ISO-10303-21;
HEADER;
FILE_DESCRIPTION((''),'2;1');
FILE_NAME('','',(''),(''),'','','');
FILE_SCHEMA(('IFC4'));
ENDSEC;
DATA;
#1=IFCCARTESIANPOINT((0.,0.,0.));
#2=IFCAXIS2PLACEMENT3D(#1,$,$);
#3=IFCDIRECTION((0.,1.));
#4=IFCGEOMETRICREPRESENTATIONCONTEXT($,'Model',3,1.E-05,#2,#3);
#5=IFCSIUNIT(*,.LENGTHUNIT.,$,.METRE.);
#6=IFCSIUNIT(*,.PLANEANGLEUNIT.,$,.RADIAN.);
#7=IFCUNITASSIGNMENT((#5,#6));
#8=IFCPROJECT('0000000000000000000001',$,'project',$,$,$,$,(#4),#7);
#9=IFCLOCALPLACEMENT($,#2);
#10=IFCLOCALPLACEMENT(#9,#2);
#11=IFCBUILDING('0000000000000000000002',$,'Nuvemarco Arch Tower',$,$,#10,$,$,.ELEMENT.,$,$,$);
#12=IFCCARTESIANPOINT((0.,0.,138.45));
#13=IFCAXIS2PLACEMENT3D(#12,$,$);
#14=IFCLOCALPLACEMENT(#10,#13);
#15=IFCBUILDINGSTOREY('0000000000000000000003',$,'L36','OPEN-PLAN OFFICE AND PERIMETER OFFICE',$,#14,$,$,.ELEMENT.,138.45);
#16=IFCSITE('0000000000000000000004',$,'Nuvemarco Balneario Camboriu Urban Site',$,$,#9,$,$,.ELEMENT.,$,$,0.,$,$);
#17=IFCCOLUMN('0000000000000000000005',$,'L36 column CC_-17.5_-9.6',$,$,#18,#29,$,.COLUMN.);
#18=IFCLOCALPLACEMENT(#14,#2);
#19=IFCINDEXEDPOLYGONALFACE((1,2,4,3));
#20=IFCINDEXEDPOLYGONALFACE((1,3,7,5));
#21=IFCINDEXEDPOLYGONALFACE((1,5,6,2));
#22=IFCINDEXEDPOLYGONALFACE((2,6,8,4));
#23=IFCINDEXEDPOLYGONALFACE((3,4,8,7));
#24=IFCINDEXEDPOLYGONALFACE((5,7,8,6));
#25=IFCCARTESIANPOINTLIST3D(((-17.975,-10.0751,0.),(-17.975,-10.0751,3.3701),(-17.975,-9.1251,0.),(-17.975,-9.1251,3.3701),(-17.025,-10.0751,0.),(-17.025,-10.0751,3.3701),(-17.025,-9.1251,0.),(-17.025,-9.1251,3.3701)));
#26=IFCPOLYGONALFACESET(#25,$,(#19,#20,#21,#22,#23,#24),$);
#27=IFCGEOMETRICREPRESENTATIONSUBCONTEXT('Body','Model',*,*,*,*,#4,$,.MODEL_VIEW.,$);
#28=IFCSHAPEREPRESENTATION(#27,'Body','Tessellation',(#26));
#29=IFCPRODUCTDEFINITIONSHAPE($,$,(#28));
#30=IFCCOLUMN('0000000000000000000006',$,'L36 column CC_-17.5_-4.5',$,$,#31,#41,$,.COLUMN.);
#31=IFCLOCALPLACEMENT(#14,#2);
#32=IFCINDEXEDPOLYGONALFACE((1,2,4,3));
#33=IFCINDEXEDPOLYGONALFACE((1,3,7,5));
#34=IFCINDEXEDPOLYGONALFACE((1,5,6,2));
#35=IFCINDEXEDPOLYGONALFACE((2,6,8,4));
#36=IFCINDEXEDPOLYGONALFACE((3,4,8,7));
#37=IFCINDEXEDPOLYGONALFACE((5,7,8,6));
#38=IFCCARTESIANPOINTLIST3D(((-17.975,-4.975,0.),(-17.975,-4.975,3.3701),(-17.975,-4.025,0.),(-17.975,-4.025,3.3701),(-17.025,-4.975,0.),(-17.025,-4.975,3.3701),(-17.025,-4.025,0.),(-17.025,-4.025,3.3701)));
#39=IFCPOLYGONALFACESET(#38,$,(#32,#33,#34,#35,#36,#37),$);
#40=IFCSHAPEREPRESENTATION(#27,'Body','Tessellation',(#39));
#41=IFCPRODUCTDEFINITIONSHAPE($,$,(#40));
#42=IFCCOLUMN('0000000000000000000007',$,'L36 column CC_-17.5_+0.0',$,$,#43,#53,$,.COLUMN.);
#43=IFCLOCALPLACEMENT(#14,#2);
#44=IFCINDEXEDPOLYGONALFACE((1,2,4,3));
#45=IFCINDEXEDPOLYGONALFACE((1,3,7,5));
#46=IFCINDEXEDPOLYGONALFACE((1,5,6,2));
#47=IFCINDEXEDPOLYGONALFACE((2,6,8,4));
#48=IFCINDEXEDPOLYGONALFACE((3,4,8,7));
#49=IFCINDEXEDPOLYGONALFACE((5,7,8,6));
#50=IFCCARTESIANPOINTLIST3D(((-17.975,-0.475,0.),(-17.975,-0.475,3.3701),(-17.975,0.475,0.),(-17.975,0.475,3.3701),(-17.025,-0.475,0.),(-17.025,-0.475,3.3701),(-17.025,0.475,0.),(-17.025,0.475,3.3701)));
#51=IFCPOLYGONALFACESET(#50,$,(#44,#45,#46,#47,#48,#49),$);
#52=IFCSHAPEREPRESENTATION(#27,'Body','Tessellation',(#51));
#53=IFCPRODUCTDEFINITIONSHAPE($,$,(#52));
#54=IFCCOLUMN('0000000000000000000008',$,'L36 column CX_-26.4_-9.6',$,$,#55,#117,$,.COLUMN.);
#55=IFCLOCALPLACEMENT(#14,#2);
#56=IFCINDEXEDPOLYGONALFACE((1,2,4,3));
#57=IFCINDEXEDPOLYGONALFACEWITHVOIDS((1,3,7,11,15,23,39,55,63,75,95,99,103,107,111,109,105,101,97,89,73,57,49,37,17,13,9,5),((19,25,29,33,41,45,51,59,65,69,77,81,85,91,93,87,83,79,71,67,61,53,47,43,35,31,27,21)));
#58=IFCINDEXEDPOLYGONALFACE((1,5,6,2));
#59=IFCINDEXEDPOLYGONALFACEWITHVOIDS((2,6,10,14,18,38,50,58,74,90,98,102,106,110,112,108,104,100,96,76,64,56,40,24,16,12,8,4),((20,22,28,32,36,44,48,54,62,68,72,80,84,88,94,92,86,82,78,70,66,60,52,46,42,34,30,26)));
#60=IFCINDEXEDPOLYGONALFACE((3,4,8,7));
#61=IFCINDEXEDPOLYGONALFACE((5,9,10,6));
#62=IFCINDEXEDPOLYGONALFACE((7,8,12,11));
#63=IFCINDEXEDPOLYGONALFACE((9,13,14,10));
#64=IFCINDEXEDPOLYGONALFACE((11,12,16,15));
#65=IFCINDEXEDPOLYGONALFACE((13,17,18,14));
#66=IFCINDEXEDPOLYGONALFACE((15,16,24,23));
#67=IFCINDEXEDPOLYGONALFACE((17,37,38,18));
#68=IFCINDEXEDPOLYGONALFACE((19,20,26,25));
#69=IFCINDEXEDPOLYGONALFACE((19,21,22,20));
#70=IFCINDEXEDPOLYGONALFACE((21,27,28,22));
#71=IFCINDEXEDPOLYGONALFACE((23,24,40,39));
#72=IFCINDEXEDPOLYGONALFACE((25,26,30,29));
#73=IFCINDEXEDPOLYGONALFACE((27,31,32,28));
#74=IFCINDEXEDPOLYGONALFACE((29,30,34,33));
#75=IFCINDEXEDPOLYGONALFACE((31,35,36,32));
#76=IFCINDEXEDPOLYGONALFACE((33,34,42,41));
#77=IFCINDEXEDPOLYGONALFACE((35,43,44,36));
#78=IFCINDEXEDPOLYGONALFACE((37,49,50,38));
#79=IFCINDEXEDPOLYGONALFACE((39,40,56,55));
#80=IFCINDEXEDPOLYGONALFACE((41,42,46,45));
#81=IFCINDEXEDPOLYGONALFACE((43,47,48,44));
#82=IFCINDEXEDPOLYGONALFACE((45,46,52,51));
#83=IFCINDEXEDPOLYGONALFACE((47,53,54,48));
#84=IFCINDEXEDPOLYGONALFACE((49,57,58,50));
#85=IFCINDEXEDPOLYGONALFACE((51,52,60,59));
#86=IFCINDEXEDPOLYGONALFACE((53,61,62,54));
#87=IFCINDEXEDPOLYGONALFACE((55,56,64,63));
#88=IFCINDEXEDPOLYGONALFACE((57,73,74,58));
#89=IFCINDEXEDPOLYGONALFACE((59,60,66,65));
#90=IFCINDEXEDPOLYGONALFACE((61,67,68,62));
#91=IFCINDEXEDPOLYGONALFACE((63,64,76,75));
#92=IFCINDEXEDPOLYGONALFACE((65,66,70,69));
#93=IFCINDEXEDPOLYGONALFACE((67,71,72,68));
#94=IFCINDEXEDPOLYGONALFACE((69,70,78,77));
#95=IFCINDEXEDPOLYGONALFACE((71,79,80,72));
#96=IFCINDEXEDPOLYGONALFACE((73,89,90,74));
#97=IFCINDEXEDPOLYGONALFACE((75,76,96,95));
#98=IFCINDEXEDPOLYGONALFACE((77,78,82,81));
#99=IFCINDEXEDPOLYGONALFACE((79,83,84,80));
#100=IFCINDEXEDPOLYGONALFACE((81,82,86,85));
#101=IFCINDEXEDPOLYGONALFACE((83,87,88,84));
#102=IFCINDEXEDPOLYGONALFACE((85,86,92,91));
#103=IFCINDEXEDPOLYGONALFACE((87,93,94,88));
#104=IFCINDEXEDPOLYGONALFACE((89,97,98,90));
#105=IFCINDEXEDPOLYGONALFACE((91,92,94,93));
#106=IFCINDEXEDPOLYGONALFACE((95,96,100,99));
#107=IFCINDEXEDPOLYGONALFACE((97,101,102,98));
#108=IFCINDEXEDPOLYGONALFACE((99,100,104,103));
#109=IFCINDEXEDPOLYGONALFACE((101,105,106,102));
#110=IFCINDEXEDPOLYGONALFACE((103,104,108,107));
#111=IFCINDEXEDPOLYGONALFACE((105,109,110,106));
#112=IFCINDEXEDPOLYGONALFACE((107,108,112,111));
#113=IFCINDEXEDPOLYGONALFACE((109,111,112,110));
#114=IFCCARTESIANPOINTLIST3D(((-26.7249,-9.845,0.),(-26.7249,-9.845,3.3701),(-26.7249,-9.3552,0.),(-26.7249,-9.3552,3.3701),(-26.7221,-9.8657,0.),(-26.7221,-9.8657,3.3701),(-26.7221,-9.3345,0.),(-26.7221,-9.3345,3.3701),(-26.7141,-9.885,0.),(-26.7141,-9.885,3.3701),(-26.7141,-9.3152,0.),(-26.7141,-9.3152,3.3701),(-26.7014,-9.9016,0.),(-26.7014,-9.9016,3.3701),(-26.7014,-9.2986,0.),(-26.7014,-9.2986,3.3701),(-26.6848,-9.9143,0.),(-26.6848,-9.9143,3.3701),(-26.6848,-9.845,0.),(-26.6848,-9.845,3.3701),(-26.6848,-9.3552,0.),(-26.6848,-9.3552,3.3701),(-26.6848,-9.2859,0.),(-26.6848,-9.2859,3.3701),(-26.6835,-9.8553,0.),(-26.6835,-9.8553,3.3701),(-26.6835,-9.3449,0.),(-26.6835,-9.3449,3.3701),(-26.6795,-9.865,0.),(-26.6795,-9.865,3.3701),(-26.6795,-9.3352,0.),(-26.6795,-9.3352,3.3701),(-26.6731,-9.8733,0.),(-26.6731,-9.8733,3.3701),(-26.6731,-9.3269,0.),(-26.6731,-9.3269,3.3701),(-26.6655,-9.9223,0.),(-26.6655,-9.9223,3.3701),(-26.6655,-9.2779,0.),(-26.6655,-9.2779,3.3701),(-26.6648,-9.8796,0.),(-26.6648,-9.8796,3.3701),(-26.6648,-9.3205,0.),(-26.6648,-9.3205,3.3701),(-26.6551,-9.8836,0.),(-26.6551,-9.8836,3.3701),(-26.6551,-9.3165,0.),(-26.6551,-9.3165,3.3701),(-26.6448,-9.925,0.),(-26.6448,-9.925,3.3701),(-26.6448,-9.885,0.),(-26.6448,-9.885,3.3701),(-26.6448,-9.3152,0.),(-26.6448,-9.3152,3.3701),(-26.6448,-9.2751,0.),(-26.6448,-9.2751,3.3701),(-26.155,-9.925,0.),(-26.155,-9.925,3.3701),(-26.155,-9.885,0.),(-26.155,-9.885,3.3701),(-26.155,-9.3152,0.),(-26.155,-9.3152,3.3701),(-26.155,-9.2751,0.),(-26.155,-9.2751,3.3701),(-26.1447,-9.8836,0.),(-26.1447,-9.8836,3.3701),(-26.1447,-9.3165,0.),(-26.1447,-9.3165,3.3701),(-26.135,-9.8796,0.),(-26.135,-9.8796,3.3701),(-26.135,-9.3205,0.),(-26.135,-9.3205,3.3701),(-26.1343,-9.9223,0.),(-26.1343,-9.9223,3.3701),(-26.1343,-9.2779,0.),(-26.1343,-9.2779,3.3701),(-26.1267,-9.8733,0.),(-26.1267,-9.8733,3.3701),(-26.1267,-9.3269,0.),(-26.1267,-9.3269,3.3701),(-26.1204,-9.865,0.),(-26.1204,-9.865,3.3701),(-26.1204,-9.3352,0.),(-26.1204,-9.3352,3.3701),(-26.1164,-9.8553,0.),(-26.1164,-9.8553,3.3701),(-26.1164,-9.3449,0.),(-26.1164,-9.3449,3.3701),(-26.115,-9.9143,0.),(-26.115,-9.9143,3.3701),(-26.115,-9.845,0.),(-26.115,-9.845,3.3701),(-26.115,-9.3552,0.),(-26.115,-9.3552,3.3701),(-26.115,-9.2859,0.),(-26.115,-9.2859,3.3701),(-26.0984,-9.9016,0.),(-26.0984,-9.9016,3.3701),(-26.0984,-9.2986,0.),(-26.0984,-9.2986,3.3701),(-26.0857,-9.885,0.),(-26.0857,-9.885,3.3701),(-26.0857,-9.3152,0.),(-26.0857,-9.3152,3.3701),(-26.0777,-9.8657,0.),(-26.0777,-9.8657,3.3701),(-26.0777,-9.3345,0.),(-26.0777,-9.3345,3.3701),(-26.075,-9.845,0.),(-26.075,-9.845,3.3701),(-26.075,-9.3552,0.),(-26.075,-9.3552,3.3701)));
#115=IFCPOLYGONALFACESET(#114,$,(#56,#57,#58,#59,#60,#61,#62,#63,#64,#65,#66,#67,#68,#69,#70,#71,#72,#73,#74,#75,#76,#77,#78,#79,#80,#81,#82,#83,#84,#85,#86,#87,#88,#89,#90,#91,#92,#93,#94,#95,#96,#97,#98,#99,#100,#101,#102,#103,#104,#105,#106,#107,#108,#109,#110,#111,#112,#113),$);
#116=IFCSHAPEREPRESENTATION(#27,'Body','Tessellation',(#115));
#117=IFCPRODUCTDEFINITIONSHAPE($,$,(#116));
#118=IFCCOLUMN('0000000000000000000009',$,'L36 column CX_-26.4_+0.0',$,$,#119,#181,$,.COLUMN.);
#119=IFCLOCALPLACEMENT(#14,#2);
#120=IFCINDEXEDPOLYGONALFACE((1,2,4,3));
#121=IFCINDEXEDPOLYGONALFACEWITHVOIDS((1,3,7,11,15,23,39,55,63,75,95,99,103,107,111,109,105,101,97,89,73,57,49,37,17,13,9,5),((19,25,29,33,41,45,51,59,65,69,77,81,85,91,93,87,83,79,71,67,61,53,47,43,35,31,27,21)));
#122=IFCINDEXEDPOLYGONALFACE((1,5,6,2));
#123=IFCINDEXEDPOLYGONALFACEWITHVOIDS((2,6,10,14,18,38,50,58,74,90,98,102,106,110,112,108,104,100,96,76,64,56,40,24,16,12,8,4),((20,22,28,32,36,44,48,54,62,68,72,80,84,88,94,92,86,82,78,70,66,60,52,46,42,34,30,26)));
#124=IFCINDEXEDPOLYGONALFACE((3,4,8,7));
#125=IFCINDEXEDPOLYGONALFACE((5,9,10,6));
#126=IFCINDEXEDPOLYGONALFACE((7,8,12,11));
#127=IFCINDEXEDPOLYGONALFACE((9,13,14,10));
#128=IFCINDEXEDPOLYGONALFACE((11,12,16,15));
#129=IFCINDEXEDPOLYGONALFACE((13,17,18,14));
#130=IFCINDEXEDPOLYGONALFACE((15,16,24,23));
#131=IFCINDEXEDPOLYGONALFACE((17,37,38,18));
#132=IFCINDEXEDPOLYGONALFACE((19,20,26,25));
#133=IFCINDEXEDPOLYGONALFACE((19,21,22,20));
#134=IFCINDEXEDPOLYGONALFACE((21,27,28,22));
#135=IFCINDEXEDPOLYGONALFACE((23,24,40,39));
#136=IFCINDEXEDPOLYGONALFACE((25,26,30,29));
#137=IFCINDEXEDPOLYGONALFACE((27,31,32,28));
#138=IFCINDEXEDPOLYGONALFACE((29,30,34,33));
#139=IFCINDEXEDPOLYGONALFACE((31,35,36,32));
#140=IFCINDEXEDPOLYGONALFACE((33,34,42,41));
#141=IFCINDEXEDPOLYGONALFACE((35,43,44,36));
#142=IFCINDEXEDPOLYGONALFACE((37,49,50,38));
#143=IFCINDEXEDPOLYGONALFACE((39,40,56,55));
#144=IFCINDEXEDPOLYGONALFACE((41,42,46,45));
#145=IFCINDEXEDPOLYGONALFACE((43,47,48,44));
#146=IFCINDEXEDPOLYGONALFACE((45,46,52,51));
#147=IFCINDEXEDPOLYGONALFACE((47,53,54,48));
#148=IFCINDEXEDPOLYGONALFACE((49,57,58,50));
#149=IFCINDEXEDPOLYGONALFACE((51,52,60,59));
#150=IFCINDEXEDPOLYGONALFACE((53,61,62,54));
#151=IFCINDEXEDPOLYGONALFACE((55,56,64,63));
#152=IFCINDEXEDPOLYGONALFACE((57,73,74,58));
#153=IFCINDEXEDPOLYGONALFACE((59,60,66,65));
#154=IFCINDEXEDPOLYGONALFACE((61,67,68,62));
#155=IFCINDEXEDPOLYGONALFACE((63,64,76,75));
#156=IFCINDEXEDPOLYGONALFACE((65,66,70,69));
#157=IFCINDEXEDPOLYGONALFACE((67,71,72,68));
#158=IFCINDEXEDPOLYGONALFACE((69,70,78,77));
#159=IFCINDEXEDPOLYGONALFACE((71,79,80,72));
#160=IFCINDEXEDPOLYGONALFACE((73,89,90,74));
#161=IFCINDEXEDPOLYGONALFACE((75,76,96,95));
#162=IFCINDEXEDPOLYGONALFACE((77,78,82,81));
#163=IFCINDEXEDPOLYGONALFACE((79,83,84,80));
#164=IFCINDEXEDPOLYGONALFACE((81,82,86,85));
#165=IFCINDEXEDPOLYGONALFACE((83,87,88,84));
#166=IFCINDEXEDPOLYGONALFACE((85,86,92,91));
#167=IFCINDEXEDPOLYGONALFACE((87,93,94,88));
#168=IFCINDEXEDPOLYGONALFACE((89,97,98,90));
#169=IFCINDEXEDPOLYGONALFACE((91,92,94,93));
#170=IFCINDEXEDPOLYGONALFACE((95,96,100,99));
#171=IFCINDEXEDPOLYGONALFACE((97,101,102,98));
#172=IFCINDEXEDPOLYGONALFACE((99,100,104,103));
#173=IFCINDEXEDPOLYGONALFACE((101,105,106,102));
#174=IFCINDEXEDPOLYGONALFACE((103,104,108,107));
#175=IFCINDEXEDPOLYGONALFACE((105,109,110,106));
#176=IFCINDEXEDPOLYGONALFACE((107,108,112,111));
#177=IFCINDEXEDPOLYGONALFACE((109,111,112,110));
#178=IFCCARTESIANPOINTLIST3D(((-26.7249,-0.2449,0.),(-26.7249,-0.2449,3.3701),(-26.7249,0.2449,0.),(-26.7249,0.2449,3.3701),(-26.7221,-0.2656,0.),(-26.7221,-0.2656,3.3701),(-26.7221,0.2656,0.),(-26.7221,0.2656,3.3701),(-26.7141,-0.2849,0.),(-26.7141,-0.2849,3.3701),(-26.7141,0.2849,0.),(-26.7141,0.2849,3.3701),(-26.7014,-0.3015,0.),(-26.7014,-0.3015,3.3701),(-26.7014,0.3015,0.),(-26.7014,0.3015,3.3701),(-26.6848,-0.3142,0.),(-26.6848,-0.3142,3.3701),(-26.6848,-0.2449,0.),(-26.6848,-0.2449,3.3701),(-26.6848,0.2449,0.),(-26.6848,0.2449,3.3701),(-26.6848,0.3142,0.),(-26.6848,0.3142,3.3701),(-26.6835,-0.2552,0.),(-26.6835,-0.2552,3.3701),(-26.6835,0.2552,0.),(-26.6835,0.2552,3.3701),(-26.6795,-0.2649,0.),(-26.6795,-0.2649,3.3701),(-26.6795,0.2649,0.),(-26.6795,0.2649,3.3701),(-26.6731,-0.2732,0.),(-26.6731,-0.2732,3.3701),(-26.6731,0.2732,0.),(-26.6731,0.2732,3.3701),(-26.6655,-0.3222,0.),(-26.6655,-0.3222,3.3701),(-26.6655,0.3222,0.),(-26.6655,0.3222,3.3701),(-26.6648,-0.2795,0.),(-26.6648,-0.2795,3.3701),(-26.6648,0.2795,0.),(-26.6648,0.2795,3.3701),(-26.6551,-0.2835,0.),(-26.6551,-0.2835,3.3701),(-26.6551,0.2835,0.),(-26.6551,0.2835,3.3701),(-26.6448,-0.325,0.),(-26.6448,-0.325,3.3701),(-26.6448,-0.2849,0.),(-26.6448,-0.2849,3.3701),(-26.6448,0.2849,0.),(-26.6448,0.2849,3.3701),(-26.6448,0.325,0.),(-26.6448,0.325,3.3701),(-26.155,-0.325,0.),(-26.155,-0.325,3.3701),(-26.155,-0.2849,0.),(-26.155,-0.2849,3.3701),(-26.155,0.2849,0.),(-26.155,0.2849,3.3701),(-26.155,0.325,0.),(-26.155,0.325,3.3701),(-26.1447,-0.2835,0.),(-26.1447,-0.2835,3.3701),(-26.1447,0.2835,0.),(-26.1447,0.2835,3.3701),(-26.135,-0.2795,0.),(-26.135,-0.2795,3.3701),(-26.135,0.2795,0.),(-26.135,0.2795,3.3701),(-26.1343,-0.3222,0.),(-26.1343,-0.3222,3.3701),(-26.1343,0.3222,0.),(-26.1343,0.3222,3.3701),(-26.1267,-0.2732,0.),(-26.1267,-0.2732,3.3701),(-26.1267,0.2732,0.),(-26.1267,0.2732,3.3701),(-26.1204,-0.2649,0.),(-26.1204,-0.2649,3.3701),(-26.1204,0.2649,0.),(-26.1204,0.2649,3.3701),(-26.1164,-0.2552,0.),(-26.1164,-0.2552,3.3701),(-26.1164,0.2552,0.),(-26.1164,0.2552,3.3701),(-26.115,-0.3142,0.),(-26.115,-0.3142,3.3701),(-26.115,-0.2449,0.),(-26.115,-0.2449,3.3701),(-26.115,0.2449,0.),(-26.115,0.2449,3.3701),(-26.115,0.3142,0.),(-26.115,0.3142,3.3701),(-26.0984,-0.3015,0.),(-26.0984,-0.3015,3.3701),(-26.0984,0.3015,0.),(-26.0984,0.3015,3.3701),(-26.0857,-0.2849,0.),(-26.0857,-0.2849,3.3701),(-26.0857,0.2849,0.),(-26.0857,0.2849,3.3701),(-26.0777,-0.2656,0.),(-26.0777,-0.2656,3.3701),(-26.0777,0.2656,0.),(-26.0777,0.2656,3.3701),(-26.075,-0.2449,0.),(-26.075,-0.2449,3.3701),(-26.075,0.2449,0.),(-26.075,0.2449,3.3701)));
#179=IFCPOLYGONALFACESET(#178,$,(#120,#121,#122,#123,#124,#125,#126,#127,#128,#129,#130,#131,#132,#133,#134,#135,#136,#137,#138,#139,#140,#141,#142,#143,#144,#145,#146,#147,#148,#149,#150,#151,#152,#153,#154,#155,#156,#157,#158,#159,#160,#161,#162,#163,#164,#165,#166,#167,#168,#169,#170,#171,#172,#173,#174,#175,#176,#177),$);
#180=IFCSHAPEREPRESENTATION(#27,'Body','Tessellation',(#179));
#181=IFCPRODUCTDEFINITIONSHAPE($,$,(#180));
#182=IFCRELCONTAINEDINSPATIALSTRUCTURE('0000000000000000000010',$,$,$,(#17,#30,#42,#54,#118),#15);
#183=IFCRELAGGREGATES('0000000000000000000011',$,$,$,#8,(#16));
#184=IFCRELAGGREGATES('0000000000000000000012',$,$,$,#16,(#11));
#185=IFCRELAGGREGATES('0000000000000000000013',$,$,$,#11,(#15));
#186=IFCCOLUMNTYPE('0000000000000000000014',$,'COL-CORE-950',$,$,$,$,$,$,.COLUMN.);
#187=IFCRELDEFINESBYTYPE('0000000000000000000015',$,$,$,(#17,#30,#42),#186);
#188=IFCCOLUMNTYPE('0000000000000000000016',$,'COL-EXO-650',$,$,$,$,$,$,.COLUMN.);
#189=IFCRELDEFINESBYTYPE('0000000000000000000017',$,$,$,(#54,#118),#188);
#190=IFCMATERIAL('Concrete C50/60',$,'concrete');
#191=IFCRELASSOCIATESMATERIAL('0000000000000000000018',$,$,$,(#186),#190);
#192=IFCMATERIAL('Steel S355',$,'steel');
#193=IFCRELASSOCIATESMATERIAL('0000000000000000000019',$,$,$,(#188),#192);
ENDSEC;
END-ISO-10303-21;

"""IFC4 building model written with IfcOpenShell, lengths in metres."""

from ifc_helpers import new_model, si_unit, direction, frame, origin, origin_2d, place, context, subcontext, project, spatial, rectangle, hollow_rectangle, extrude, material, material_profile, profile_set, type_object, element, save


model = new_model("IFC4")

# Units and contexts
model_context = context("Model", 3, precision=1e-05, world=origin(), true_north=direction((0.0, 1.0)))
body_context = subcontext(model_context, "Body", "Model", "MODEL_VIEW")
ifc_project = project(units=[si_unit("LENGTHUNIT", "METRE"), si_unit("PLANEANGLEUNIT", "RADIAN")], contexts=[model_context])

# Site, building, storey
site_placement = place(None, origin())
site = spatial("IfcSite", under=ifc_project, at=site_placement, Name="Nuvemarco Balneario Camboriu Urban Site", CompositionType="ELEMENT", RefElevation=0.0)
building_placement = place(site_placement, origin())
building = spatial("IfcBuilding", under=site, at=building_placement, Name="Nuvemarco Arch Tower", CompositionType="ELEMENT")
storey_placement = place(building_placement, frame((0.0, 0.0, 138.45)))
storey = spatial("IfcBuildingStorey", under=building, at=storey_placement, Name="L36", Description="OPEN-PLAN OFFICE AND PERIMETER OFFICE", CompositionType="ELEMENT", Elevation=138.45)

# Columns
ifc_material_1 = material(Name="Concrete C50/60", Category="concrete")
ifc_material_profile_1 = material_profile(ifc_material_1, rectangle(XDim=0.95, YDim=0.95, at=origin_2d()), Name="RC-COL-950x950")
ifc_profile_set_1 = profile_set([ifc_material_profile_1], Name="Concrete C50/60")
column_type_1 = type_object("IfcColumnType", Name="COL-CORE-950", PredefinedType="COLUMN", material=ifc_profile_set_1)
for number, where, z_axis, x_axis, name in (
    (1, (-17.5, -9.6001, 0.0), (0.0, 0.0, 1.0), (1.0, 0.0, 0.0), "L36 column CC_-17.5_-9.6"),
    (2, (-17.5, -4.5, 0.0), (0.0, 0.0, 1.0), (1.0, 0.0, 0.0), "L36 column CC_-17.5_-4.5"),
    (3, (-17.5, 0.0, 0.0), (0.0, 0.0, 1.0), (1.0, 0.0, 0.0), "L36 column CC_-17.5_+0.0"),
):
    element("IfcColumn", number, at=place(storey_placement, frame(where, z_axis=z_axis, x_axis=x_axis)), inside=storey, type_object=column_type_1, Name=name, PredefinedType="COLUMN", context=body_context, shape_type="SweptSolid", body=[
        extrude(rectangle(XDim=0.95, YDim=0.95, at=origin_2d()), origin(), (0.0, 0.0, 1.0), 3.3701),
    ])
ifc_material_2 = material(Name="Steel S355", Category="steel")
ifc_material_profile_2 = material_profile(ifc_material_2, hollow_rectangle(XDim=0.6499, YDim=0.6499, WallThickness=0.04, InnerFilletRadius=0.04, OuterFilletRadius=0.0801, at=origin_2d()), Name="SHS650x650x40")
ifc_profile_set_2 = profile_set([ifc_material_profile_2], Name="Steel S355")
column_type_2 = type_object("IfcColumnType", Name="COL-EXO-650", PredefinedType="COLUMN", material=ifc_profile_set_2)
for number, where, z_axis, x_axis, name in (
    (4, (-26.3999, -9.6001, 0.0), (0.0, 0.0, 1.0), (1.0, 0.0, 0.0), "L36 column CX_-26.4_-9.6"),
    (5, (-26.3999, 0.0, 0.0), (0.0, 0.0, 1.0), (1.0, 0.0, 0.0), "L36 column CX_-26.4_+0.0"),
):
    element("IfcColumn", number, at=place(storey_placement, frame(where, z_axis=z_axis, x_axis=x_axis)), inside=storey, type_object=column_type_2, Name=name, PredefinedType="COLUMN", context=body_context, shape_type="SweptSolid", body=[
        extrude(hollow_rectangle(XDim=0.6499, YDim=0.6499, WallThickness=0.04, InnerFilletRadius=0.04, OuterFilletRadius=0.0801, at=origin_2d()), origin(), (0.0, 0.0, 1.0), 3.3701),
    ])

save(model, "model.ifc")
